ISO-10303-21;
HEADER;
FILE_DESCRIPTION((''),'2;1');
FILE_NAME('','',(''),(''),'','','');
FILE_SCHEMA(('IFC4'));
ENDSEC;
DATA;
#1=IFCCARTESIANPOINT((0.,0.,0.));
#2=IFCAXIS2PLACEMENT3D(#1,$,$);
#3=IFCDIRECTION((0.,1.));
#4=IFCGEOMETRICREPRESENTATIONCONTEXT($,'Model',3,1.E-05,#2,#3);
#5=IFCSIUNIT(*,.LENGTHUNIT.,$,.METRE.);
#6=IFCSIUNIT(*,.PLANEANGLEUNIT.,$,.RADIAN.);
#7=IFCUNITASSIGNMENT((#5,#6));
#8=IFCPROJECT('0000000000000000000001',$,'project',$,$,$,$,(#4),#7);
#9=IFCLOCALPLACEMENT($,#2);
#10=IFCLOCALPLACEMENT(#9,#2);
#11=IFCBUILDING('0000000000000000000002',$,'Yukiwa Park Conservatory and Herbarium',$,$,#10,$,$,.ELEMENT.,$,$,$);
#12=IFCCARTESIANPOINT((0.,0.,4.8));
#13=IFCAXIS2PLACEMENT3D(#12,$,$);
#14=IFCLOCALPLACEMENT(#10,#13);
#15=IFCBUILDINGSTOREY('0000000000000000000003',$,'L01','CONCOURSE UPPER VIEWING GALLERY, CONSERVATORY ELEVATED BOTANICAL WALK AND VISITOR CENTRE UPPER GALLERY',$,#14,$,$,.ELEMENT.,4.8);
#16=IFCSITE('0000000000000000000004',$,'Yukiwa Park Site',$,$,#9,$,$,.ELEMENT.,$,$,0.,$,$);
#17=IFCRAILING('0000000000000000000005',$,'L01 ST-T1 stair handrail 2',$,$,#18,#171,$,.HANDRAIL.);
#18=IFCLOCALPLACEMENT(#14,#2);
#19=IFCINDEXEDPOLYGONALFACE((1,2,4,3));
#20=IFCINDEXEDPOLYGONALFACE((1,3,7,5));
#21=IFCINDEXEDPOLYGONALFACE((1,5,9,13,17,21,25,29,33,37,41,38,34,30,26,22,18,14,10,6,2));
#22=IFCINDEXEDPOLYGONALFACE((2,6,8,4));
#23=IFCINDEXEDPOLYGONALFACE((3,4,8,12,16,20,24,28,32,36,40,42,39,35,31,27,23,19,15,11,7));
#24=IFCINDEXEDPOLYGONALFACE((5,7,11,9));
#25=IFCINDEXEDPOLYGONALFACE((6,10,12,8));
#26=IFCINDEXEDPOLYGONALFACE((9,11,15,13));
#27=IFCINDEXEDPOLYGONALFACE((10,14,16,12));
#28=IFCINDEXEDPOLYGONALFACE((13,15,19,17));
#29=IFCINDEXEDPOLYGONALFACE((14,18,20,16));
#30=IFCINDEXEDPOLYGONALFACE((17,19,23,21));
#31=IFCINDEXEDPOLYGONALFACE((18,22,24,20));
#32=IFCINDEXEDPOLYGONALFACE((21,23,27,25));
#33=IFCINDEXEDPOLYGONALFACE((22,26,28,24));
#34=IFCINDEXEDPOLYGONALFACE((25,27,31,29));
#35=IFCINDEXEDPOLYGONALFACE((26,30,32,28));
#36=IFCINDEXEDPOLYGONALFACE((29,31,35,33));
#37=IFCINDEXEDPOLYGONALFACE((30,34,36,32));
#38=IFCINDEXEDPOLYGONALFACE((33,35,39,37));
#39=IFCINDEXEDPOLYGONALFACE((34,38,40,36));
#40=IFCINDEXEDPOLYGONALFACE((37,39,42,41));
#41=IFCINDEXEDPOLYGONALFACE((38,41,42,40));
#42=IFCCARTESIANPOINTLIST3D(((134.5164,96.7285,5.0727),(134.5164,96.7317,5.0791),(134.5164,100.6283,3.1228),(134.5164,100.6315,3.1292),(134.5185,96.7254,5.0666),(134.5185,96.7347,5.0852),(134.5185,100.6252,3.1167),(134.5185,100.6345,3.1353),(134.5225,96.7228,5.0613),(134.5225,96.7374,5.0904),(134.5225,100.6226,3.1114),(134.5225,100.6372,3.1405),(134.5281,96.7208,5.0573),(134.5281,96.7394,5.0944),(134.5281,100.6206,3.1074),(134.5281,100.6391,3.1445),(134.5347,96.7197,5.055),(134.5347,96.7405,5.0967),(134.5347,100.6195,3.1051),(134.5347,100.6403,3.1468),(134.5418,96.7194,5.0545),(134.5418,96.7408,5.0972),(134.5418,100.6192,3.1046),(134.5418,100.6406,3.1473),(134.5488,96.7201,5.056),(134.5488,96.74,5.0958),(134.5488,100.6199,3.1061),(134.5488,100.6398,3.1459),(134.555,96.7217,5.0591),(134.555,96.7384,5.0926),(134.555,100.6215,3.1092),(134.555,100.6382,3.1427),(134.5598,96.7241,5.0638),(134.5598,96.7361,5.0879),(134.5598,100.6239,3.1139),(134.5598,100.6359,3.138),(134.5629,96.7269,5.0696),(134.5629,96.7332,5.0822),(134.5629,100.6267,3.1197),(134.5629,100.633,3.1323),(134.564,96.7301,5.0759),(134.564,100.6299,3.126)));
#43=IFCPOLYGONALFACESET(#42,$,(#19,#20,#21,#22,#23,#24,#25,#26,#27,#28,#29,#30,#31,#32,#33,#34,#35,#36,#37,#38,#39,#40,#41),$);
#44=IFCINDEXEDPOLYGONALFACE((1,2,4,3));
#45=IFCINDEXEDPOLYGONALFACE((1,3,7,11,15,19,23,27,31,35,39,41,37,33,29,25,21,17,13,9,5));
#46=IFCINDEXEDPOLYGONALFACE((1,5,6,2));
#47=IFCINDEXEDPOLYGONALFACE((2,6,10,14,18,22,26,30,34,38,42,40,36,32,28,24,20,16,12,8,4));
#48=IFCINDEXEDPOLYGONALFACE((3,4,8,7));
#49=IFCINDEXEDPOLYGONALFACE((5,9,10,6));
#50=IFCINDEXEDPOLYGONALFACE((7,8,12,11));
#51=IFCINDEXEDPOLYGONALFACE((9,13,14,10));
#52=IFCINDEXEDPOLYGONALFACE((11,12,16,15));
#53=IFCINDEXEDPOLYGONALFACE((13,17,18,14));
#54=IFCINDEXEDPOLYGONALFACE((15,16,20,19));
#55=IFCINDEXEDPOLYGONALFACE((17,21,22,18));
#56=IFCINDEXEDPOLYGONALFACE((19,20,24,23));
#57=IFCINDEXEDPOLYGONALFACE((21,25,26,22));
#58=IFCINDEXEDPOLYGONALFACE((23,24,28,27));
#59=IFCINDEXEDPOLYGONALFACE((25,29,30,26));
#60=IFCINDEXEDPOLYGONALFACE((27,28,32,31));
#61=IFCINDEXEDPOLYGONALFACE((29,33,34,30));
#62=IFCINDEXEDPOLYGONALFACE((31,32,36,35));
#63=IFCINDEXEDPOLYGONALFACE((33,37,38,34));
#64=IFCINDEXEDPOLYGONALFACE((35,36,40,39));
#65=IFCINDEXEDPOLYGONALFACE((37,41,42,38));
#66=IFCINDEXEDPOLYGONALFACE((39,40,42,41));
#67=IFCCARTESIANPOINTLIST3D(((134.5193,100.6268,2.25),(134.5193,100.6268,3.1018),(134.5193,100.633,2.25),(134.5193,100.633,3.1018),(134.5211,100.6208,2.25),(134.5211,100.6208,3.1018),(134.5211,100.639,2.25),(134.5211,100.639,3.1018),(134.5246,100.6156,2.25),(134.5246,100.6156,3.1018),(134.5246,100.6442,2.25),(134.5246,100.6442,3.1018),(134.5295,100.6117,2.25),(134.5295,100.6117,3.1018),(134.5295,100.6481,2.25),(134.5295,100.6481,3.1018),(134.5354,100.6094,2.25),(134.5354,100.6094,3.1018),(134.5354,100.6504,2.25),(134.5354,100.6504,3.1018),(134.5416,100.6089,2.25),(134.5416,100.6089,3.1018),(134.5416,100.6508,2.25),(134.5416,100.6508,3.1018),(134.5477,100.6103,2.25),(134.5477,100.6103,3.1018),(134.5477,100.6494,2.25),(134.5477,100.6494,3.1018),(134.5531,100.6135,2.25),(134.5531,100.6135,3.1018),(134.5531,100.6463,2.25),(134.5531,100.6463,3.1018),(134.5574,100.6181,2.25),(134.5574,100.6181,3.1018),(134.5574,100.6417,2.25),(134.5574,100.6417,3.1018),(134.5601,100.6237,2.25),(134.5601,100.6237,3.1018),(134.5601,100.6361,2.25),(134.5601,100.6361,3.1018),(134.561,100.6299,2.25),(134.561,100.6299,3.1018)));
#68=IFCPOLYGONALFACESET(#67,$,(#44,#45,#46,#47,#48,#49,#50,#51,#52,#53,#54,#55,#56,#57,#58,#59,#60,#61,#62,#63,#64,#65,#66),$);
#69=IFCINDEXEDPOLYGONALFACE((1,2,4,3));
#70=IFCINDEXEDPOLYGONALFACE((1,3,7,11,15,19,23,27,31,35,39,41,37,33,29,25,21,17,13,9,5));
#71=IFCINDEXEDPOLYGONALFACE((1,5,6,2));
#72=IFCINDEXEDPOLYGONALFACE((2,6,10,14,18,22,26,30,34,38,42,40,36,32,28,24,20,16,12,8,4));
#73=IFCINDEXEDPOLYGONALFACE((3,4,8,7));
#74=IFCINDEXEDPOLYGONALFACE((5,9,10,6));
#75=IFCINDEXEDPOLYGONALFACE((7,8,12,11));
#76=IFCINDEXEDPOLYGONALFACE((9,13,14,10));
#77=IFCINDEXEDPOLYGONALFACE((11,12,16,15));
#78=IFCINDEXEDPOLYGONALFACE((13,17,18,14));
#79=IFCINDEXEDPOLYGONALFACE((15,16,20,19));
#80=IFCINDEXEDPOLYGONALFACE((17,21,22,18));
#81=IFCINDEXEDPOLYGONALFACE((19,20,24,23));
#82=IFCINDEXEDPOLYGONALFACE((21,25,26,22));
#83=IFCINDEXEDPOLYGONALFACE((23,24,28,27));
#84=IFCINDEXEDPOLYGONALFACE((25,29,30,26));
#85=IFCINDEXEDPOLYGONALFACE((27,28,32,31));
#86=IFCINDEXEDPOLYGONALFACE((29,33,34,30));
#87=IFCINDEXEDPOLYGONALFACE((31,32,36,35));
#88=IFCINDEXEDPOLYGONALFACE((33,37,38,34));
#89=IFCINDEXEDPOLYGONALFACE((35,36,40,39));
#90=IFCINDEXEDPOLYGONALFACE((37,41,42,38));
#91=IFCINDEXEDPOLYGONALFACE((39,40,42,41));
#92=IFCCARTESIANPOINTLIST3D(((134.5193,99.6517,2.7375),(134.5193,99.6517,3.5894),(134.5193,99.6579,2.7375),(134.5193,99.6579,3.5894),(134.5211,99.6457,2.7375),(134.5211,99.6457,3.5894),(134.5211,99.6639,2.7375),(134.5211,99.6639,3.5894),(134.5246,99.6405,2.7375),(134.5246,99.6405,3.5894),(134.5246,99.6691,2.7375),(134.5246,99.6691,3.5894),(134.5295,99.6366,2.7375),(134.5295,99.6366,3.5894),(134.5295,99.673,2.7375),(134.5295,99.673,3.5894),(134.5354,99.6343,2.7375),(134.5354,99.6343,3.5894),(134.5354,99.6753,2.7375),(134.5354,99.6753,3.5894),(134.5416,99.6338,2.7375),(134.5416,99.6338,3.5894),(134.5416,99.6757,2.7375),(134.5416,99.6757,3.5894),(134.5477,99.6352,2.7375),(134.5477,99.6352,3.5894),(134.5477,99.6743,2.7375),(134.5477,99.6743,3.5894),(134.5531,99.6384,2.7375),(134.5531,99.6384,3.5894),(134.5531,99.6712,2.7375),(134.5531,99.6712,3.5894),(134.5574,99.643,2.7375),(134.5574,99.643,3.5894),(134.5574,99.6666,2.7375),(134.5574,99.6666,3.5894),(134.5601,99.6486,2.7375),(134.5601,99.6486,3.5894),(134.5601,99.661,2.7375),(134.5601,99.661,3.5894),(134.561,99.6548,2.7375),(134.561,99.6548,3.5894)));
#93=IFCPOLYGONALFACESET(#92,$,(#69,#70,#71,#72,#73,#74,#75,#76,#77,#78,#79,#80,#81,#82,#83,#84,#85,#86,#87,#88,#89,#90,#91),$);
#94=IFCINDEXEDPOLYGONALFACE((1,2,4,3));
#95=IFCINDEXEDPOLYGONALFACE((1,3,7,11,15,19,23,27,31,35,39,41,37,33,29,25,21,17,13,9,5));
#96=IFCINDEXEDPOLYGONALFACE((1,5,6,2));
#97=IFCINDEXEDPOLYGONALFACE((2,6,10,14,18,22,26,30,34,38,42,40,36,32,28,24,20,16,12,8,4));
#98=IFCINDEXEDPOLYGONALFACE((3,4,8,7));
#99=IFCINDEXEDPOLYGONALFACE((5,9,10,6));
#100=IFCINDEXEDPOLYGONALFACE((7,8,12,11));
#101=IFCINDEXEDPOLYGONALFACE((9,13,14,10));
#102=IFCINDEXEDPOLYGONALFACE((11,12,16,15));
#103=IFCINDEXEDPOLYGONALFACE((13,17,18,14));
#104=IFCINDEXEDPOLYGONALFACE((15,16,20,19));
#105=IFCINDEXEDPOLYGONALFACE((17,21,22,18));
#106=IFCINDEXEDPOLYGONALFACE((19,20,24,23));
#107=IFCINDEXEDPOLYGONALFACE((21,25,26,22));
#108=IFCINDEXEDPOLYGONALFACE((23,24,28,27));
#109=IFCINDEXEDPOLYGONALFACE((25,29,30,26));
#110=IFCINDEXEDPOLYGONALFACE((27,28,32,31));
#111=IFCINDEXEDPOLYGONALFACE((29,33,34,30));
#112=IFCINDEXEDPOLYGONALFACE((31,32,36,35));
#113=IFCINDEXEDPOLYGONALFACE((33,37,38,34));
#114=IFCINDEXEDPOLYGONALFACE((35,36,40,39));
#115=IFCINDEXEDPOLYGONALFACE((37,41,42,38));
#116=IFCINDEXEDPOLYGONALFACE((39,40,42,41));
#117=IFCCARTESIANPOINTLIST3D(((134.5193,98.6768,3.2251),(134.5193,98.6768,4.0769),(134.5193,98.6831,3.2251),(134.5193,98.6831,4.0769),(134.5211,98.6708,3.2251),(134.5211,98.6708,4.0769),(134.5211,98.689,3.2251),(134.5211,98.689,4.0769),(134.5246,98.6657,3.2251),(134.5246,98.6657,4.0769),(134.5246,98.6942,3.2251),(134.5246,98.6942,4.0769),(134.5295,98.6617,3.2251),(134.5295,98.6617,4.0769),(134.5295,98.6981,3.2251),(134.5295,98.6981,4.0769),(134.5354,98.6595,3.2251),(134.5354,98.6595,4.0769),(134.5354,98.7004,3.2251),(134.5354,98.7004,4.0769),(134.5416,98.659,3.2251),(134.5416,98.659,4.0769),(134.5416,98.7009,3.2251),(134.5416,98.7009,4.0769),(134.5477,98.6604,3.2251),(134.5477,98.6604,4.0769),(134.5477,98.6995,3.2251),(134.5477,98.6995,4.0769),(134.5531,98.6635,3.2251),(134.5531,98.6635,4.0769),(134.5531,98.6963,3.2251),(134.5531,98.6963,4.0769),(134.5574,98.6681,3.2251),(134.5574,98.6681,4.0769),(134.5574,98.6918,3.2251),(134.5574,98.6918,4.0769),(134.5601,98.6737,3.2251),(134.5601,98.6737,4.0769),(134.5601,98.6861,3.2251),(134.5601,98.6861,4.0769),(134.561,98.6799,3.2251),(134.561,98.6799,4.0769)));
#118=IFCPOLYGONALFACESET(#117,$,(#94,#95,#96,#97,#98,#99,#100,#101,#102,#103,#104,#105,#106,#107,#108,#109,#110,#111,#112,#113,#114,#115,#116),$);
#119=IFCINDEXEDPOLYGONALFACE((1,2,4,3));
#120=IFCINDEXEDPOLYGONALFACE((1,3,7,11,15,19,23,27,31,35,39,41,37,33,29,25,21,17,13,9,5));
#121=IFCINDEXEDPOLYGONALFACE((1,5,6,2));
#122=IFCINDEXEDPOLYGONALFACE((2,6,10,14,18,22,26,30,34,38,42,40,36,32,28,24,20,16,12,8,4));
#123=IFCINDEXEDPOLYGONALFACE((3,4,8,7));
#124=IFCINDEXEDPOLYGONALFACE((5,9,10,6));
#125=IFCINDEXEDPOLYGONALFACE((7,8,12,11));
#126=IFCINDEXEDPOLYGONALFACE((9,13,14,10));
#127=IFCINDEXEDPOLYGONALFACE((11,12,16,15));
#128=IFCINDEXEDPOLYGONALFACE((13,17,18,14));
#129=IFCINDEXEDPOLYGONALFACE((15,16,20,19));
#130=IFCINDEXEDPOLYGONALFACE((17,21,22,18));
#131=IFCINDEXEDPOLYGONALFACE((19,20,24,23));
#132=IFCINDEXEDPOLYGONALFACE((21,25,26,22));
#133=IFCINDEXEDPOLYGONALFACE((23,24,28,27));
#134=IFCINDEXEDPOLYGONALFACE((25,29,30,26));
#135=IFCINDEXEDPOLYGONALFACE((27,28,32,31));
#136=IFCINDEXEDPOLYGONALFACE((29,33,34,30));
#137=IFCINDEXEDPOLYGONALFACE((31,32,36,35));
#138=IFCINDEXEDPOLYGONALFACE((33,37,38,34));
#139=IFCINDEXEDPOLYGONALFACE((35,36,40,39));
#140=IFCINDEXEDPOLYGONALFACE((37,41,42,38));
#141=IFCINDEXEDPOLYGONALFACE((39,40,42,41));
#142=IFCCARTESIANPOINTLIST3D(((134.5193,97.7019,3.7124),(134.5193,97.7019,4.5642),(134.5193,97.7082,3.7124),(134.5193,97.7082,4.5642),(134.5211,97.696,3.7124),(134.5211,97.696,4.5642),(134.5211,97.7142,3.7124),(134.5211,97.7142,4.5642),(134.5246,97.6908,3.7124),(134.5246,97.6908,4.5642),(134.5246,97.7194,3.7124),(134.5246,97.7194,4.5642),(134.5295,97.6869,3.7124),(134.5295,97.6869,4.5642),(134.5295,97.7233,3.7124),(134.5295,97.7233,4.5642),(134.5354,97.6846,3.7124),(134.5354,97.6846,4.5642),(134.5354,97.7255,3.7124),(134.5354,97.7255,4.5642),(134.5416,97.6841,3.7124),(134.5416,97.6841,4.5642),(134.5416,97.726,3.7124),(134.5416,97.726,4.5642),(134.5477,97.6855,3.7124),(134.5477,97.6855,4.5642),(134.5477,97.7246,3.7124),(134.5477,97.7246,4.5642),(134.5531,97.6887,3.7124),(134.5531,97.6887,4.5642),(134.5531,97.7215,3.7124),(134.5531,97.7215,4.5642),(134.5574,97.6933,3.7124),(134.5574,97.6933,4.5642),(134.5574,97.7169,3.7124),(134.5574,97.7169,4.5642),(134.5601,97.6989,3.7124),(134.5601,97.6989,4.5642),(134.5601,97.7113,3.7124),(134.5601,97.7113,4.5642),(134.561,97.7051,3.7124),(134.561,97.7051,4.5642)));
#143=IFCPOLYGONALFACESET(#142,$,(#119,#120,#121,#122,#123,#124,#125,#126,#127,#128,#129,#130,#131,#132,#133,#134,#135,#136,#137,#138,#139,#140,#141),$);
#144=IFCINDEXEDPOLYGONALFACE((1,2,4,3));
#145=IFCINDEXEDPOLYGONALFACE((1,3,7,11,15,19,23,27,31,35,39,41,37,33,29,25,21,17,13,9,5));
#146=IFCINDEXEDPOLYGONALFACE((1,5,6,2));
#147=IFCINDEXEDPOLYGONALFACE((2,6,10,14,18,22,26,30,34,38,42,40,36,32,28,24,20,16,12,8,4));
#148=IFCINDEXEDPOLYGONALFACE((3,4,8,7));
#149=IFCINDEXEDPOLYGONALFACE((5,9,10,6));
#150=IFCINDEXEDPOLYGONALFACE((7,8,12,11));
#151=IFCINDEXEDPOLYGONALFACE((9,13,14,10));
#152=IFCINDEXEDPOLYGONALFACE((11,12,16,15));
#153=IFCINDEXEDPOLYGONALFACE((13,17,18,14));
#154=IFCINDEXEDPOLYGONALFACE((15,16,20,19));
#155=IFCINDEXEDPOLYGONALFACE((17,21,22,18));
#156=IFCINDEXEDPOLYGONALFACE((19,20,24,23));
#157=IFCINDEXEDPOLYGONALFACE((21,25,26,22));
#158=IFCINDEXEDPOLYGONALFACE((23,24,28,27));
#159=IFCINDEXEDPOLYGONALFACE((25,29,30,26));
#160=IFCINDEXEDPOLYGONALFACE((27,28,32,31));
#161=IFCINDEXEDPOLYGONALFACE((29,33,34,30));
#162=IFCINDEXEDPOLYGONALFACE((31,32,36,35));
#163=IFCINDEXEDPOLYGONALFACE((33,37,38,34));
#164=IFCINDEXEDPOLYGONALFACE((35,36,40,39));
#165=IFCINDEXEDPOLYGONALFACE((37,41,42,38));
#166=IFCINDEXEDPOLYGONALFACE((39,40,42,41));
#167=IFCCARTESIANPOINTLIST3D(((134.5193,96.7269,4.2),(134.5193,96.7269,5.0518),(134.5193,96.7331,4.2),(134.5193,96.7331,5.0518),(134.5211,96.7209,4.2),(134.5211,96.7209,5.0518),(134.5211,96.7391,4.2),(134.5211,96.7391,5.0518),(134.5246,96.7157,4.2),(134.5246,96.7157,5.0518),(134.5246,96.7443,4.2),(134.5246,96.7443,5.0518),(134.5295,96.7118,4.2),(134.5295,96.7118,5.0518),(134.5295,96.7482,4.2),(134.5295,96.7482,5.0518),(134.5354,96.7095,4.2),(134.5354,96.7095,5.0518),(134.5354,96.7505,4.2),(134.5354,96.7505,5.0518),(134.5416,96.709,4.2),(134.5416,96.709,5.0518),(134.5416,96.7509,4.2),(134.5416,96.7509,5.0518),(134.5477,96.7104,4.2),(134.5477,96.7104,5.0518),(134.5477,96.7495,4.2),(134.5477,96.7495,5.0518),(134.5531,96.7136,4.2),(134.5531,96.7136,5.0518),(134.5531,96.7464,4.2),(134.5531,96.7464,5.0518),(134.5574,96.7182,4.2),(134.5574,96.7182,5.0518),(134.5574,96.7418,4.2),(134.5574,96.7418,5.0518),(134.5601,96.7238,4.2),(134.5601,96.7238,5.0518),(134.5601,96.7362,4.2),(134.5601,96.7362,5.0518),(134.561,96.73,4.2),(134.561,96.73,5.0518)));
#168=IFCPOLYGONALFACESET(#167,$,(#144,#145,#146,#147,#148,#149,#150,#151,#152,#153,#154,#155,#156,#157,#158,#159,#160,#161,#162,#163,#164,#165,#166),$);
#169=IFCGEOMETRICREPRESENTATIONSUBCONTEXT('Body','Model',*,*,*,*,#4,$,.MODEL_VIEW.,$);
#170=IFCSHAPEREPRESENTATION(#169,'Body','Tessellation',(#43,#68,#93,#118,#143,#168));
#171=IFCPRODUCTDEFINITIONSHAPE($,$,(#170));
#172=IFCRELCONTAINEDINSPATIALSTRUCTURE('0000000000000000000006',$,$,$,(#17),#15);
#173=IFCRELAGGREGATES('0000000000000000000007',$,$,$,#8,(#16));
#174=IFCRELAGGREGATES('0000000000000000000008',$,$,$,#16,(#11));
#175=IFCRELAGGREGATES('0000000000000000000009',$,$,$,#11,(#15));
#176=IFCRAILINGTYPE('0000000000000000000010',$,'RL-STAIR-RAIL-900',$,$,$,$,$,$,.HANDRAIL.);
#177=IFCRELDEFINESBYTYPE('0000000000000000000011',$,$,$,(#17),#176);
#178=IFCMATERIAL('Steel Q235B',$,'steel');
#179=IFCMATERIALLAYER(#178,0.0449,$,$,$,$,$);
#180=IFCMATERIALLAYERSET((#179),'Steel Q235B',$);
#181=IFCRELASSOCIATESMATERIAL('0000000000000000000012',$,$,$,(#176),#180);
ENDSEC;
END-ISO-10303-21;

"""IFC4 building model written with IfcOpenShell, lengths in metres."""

from ifc_helpers import new_model, si_unit, direction, frame, origin, origin_2d, place, context, subcontext, project, spatial, circle, extrude, material, layer, layer_set, type_object, element, save


model = new_model("IFC4")

# Units and contexts
model_context = context("Model", 3, precision=1e-05, world=origin(), true_north=direction((0.0, 1.0)))
body_context = subcontext(model_context, "Body", "Model", "MODEL_VIEW")
ifc_project = project(units=[si_unit("LENGTHUNIT", "METRE"), si_unit("PLANEANGLEUNIT", "RADIAN")], contexts=[model_context])

# Site, building, storey
site_placement = place(None, origin())
site = spatial("IfcSite", under=ifc_project, at=site_placement, Name="Yukiwa Park Site", CompositionType="ELEMENT", RefElevation=0.0)
building_placement = place(site_placement, origin())
building = spatial("IfcBuilding", under=site, at=building_placement, Name="Yukiwa Park Conservatory and Herbarium", CompositionType="ELEMENT")
storey_placement = place(building_placement, frame((0.0, 0.0, 4.8)))
storey = spatial("IfcBuildingStorey", under=building, at=storey_placement, Name="L01", Description="CONCOURSE UPPER VIEWING GALLERY, CONSERVATORY ELEVATED BOTANICAL WALK AND VISITOR CENTRE UPPER GALLERY", CompositionType="ELEMENT", Elevation=4.8)

# Railing
ifc_material_1 = material(Name="Steel Q235B", Category="steel")
ifc_layer_1 = layer(ifc_material_1, 0.0449)
ifc_layer_set_1 = layer_set([ifc_layer_1], Name="Steel Q235B")
railing_type_1 = type_object("IfcRailingType", Name="RL-STAIR-RAIL-900", PredefinedType="HANDRAIL", material=ifc_layer_set_1)
railing_1_placement = place(storey_placement, frame((134.54, 100.6299, 2.25)))
element("IfcRailing", 1, at=railing_1_placement, inside=storey, type_object=railing_type_1, Name="L01 ST-T1 stair handrail 2", PredefinedType="HANDRAIL", context=body_context, shape_type="SweptSolid", body=[
    extrude(circle(Radius=0.0239, at=origin_2d()), frame((0.0, 0.0, 0.876), z_axis=(0.0, -0.894427, 0.447214), x_axis=(1.0, 0.0, 0.0)), (0.0, 0.0, 1.0), 4.3601),
    extrude(circle(Radius=0.021, at=origin_2d()), origin(), (0.0, 0.0, 1.0), 0.8518),
    extrude(circle(Radius=0.021, at=origin_2d()), frame((0.0, -0.9751, 0.4875)), (0.0, 0.0, 1.0), 0.8518),
    extrude(circle(Radius=0.021, at=origin_2d()), frame((0.0, -1.95, 0.9751)), (0.0, 0.0, 1.0), 0.8518),
    extrude(circle(Radius=0.021, at=origin_2d()), frame((0.0, -2.9248, 1.4624)), (0.0, 0.0, 1.0), 0.8518),
    extrude(circle(Radius=0.021, at=origin_2d()), frame((0.0, -3.8999, 1.95)), (0.0, 0.0, 1.0), 0.8518),
])

save(model, "model.ifc")
